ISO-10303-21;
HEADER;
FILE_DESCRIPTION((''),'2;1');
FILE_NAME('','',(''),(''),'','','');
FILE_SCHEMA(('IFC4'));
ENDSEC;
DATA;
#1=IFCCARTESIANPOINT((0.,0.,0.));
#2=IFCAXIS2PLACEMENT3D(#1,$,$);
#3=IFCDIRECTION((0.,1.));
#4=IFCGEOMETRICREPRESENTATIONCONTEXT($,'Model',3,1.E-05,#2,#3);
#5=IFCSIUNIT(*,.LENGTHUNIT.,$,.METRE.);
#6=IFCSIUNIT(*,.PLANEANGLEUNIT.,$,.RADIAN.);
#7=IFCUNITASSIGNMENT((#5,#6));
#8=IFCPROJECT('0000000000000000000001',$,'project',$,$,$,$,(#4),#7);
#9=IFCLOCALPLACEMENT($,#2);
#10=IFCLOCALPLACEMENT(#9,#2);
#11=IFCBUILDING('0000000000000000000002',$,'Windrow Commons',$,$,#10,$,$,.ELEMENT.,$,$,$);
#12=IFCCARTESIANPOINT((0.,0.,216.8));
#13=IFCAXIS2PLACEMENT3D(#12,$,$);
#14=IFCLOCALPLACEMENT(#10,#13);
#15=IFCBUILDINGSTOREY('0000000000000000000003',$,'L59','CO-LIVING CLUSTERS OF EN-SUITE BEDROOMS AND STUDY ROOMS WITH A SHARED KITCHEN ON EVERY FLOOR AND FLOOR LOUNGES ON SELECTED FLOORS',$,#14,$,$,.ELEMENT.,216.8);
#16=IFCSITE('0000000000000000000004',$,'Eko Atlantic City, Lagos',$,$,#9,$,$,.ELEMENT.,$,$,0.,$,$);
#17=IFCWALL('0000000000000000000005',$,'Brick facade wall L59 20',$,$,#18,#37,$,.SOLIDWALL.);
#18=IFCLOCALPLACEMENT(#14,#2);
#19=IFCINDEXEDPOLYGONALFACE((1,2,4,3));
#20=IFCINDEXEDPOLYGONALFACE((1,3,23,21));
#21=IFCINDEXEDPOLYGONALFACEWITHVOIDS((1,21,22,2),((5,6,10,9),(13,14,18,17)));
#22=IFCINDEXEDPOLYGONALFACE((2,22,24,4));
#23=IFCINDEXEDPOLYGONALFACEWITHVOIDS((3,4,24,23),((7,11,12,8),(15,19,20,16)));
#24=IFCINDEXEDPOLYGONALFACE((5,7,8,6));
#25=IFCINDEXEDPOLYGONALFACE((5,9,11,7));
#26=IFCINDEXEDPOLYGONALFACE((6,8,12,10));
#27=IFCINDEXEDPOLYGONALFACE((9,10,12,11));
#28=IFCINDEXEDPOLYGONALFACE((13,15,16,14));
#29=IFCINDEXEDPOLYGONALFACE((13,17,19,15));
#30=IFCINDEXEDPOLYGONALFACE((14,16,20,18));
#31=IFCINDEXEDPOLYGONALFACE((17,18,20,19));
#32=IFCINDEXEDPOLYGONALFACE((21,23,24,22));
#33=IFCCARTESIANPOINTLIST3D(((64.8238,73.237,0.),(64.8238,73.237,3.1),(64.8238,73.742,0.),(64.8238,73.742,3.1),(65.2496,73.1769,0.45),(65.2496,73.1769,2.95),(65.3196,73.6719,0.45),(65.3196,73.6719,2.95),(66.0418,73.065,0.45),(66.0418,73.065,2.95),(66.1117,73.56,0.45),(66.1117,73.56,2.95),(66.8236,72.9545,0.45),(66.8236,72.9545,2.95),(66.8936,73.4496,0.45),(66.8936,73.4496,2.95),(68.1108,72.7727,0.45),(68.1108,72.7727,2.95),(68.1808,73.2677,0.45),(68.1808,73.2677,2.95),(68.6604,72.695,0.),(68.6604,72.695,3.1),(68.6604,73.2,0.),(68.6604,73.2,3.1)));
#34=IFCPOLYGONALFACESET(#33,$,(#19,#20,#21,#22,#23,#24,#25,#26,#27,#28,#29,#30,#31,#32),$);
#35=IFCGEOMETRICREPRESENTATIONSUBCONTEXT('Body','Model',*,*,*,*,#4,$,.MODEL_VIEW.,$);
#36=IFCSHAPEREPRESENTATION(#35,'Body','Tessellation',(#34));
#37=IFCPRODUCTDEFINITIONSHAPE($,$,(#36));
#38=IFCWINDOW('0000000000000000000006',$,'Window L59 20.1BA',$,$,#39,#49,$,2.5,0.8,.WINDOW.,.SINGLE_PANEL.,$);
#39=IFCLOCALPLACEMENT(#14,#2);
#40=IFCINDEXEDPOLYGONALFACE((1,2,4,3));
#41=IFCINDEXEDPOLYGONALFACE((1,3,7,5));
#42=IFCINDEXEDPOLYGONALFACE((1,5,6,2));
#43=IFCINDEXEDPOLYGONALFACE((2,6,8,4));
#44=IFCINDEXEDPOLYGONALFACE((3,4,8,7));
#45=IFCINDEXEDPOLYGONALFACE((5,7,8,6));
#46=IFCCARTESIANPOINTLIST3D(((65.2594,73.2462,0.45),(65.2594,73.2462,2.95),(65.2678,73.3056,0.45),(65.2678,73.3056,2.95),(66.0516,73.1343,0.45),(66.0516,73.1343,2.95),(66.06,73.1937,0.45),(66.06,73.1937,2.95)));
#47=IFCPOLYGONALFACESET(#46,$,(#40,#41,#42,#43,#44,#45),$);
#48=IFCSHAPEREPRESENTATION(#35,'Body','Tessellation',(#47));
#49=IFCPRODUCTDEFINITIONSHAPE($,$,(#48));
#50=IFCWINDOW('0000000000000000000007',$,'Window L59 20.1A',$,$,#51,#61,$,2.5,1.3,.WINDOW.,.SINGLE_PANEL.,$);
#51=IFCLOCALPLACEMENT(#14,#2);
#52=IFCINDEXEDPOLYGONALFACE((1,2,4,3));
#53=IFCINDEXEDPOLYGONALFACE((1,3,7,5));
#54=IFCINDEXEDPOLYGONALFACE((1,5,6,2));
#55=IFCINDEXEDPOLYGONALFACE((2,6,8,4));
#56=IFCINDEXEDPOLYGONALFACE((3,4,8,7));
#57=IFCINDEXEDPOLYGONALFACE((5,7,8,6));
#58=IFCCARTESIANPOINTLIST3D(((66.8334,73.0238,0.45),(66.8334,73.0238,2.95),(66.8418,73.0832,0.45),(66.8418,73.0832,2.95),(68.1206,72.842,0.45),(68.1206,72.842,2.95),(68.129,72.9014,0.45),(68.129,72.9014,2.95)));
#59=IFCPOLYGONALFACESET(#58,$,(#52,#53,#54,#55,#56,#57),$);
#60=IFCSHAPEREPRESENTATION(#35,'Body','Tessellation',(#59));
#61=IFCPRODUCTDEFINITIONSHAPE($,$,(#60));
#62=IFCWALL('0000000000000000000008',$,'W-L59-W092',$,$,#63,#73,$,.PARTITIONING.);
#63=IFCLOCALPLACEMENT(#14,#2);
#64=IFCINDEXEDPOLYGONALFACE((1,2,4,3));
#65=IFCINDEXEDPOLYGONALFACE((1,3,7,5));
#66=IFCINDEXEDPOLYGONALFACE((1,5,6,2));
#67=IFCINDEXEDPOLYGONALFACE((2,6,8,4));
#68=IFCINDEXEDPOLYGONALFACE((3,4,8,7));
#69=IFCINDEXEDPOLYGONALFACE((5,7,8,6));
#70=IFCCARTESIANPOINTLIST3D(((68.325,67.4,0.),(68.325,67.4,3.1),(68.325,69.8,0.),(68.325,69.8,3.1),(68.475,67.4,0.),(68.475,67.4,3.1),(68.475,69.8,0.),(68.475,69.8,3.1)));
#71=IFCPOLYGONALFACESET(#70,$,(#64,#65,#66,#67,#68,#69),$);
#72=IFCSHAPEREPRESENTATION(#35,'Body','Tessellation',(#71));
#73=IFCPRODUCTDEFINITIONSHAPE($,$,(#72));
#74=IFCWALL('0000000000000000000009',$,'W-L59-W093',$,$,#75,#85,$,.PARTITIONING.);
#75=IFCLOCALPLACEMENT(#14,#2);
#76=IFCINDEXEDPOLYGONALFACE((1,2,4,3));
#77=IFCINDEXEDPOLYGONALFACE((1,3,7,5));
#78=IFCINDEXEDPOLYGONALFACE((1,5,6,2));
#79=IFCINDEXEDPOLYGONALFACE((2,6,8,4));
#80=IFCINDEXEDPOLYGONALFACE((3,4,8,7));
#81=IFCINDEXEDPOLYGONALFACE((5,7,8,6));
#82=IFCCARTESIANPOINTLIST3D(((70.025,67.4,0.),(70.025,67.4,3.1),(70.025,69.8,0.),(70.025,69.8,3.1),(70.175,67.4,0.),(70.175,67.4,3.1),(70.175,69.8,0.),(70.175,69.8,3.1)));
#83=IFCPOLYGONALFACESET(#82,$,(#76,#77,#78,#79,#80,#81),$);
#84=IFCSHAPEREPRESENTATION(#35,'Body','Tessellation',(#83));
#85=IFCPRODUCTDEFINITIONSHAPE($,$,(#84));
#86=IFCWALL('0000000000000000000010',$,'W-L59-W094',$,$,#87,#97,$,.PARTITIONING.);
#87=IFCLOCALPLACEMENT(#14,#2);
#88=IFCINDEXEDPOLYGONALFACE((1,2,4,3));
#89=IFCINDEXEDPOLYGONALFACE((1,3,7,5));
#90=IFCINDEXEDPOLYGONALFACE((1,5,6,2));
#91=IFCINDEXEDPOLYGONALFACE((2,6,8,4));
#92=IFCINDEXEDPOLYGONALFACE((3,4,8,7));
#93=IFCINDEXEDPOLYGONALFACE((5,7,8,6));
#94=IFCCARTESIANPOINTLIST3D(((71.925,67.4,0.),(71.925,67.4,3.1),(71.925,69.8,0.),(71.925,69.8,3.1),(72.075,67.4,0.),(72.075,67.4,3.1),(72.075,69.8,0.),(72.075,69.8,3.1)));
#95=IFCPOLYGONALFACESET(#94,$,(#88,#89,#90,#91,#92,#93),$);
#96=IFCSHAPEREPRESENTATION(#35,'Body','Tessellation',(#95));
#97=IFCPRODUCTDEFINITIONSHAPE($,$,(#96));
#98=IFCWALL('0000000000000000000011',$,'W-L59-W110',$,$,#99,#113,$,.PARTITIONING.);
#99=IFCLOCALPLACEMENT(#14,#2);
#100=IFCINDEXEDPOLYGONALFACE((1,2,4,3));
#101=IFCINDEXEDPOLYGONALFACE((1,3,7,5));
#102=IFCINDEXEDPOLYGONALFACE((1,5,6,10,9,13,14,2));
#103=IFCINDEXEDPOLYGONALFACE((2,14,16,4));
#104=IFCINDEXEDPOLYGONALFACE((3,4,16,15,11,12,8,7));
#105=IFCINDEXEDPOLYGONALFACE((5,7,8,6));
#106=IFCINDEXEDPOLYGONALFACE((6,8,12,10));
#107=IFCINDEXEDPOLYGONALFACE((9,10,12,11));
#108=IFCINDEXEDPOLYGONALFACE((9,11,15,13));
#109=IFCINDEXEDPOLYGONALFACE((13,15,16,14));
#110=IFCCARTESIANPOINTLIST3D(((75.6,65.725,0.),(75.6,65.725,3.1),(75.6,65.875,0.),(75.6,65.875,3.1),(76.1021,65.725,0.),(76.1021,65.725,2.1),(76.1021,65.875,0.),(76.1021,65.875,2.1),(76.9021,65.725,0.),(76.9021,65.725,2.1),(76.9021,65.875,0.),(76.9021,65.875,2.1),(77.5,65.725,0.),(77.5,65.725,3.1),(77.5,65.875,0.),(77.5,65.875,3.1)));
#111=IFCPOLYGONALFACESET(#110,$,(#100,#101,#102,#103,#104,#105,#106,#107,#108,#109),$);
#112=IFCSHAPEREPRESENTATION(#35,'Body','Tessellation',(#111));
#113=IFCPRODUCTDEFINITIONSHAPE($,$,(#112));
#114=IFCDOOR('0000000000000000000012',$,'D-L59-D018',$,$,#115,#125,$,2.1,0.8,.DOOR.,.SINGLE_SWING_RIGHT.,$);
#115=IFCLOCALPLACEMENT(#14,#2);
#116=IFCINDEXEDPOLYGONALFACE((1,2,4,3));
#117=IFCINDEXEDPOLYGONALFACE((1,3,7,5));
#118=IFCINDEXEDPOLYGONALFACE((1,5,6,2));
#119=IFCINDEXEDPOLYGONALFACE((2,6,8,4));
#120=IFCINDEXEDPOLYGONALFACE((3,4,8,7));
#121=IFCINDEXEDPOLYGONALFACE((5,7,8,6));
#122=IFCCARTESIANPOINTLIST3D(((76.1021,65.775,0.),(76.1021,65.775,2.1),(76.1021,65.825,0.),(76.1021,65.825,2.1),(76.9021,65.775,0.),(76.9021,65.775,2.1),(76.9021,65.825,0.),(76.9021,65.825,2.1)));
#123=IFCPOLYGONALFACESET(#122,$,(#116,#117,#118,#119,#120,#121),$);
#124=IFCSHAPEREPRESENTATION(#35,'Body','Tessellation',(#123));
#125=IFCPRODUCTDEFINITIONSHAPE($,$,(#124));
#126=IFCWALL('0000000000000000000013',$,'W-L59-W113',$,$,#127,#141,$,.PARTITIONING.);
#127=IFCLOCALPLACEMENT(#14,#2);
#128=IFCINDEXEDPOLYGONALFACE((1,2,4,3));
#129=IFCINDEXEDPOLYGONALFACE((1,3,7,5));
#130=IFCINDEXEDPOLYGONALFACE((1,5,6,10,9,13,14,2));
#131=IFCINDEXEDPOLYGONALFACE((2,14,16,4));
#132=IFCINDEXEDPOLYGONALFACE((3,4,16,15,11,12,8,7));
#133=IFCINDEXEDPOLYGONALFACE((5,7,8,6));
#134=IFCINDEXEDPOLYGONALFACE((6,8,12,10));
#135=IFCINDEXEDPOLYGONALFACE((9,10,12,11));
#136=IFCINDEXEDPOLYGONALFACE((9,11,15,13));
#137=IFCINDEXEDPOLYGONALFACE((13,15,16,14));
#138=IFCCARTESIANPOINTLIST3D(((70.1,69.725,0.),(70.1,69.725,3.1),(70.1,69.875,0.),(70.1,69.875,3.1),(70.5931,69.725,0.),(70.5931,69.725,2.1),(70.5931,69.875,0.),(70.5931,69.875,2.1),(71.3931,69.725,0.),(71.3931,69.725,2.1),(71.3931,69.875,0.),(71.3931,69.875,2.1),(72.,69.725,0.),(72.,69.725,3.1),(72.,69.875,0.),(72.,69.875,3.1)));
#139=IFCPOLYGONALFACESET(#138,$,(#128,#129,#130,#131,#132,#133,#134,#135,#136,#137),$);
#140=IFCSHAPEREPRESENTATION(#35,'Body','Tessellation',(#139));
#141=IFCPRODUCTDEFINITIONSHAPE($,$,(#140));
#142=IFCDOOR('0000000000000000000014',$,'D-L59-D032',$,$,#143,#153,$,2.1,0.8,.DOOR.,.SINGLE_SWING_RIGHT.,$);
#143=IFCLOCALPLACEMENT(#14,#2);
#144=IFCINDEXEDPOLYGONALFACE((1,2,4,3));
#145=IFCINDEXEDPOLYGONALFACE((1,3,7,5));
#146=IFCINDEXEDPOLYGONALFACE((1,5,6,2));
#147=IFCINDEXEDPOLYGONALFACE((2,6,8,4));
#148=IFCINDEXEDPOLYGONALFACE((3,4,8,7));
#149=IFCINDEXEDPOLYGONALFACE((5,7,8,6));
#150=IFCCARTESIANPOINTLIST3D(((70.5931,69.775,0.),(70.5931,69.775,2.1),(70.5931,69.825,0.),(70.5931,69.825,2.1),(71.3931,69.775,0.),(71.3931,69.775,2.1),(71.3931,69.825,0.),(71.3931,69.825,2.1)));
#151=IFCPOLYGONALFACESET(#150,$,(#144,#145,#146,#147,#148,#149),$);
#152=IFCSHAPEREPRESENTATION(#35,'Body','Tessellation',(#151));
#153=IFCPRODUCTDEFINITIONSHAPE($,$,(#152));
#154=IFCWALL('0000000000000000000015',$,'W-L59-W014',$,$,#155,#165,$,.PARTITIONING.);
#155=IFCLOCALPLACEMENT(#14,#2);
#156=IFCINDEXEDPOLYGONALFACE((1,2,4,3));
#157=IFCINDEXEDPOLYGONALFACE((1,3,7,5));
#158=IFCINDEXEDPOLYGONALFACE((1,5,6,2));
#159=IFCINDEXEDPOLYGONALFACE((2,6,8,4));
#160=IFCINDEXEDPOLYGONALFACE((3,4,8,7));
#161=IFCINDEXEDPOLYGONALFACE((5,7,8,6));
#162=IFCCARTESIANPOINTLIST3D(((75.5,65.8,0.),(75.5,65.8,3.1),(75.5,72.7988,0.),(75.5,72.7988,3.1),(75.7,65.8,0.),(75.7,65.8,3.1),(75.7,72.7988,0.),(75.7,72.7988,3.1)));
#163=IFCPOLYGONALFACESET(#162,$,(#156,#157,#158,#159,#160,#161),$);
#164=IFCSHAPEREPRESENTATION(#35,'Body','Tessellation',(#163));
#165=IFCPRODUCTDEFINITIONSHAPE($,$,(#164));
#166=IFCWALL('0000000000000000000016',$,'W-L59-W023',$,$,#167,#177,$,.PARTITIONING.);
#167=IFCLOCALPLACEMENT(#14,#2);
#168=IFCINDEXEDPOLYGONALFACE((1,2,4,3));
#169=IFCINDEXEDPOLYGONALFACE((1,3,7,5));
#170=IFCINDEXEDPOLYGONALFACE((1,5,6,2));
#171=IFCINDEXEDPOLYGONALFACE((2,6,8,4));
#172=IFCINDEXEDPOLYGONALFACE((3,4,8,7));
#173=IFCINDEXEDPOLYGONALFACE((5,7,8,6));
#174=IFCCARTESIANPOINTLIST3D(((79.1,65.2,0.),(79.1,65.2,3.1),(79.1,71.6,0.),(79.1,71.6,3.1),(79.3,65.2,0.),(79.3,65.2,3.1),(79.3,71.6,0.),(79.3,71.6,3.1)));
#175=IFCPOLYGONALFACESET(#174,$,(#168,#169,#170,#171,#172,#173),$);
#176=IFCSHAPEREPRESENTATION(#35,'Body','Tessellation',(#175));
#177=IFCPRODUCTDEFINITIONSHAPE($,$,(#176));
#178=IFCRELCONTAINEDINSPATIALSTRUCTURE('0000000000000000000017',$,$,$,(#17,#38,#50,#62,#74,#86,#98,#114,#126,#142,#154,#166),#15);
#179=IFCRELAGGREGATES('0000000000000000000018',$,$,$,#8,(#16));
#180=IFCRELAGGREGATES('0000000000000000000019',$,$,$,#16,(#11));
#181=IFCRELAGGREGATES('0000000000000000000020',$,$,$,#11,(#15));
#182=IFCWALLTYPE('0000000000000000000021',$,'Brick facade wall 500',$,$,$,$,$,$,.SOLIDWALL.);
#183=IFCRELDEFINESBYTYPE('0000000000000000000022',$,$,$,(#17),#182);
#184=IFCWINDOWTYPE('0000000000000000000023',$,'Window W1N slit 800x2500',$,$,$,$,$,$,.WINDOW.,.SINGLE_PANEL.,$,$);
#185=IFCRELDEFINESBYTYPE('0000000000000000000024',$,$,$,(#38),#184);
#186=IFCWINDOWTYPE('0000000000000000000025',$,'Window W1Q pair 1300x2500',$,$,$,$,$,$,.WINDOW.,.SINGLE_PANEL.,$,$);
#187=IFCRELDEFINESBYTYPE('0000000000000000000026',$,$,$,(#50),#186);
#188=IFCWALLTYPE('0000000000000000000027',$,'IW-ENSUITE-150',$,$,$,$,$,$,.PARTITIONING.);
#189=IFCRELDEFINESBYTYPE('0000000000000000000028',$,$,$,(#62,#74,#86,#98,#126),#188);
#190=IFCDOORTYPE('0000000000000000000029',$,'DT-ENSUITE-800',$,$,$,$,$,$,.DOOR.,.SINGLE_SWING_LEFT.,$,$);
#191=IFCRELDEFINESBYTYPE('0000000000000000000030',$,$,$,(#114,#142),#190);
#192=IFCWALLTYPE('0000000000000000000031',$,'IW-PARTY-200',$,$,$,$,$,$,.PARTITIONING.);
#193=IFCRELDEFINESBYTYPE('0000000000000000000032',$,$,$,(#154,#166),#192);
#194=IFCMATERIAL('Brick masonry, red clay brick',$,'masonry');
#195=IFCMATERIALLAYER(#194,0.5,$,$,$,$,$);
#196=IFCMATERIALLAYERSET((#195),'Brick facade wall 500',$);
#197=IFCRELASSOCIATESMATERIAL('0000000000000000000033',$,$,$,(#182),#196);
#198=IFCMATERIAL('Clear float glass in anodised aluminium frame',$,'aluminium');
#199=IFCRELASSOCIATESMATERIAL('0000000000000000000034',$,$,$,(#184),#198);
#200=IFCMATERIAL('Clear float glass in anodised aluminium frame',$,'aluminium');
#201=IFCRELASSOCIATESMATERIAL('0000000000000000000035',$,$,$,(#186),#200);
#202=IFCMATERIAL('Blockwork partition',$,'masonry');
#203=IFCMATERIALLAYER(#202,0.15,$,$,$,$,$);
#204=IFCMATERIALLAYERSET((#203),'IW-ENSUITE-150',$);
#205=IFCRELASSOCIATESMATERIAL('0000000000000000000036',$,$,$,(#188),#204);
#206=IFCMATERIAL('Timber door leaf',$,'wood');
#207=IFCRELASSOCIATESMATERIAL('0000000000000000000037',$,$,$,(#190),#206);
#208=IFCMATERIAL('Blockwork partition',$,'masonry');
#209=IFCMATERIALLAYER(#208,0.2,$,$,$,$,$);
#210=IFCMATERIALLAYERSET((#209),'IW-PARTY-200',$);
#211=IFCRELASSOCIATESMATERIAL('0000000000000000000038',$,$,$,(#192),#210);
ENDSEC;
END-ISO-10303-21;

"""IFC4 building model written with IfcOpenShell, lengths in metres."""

from ifc_helpers import new_model, si_unit, direction, frame, frame_2d, origin, place, context, subcontext, project, spatial, polyline, rectangle, outline, extrude, material, layer, layer_set, type_object, element, fill, save


model = new_model("IFC4")

# Units and contexts
model_context = context("Model", 3, precision=1e-05, world=origin(), true_north=direction((0.0, 1.0)))
body_context = subcontext(model_context, "Body", "Model", "MODEL_VIEW")
ifc_project = project(units=[si_unit("LENGTHUNIT", "METRE"), si_unit("PLANEANGLEUNIT", "RADIAN")], contexts=[model_context])

# Site, building, storey
site_placement = place(None, origin())
site = spatial("IfcSite", under=ifc_project, at=site_placement, Name="Eko Atlantic City, Lagos", CompositionType="ELEMENT", RefElevation=0.0)
building_placement = place(site_placement, origin())
building = spatial("IfcBuilding", under=site, at=building_placement, Name="Windrow Commons", CompositionType="ELEMENT")
storey_placement = place(building_placement, frame((0.0, 0.0, 216.8)))
storey = spatial("IfcBuildingStorey", under=building, at=storey_placement, Name="L59", Description="CO-LIVING CLUSTERS OF EN-SUITE BEDROOMS AND STUDY ROOMS WITH A SHARED KITCHEN ON EVERY FLOOR AND FLOOR LOUNGES ON SELECTED FLOORS", CompositionType="ELEMENT", Elevation=216.8)

# Wall, openings, windows
ifc_material_1 = material(Name="Brick masonry, red clay brick", Category="masonry")
ifc_layer_1 = layer(ifc_material_1, 0.5)
ifc_layer_set_1 = layer_set([ifc_layer_1], Name="Brick facade wall 500")
wall_type_1 = type_object("IfcWallType", Name="Brick facade wall 500", PredefinedType="SOLIDWALL", material=ifc_layer_set_1)
ifc_material_2 = material(Name="Clear float glass in anodised aluminium frame", Category="aluminium")
window_type_1 = type_object("IfcWindowType", Name="Window W1N slit 800x2500", PartitioningType="SINGLE_PANEL", PredefinedType="WINDOW", material=ifc_material_2)
ifc_material_3 = material(Name="Clear float glass in anodised aluminium frame", Category="aluminium")
window_type_2 = type_object("IfcWindowType", Name="Window W1Q pair 1300x2500", PartitioningType="SINGLE_PANEL", PredefinedType="WINDOW", material=ifc_material_3)
wall_1_placement = place(storey_placement, frame((68.6604, 72.9475, 0.0), z_axis=(0.0, 0.0, 1.0), x_axis=(-0.990168, 0.139882, 0.0)))
wall_1 = element("IfcWall", 1, at=wall_1_placement, inside=storey, type_object=wall_type_1, Name="Brick facade wall L59 20", PredefinedType="SOLIDWALL", context=body_context, shape_type="SweptSolid", body=[
    extrude(outline(polyline([(0.0353, -0.25), (3.91, -0.25), (3.8394, 0.25), (-0.0353, 0.25), (0.0353, -0.25)])), origin(), (0.0, 0.0, 1.0), 3.1),
])
opening_1_placement = place(wall_1_placement, frame((0.5197, 0.0, 0.45)))
opening_1 = element("IfcOpeningElement", 2, at=opening_1_placement, cuts=wall_1, PredefinedType="OPENING", context=body_context, shape_type="SweptSolid", body=[
    extrude(rectangle(XDim=1.3, YDim=2.5, at=frame_2d((0.65, 1.25))), frame((0.0, 0.26, 0.0), z_axis=(0.0, -1.0, 0.0), x_axis=(1.0, 0.0, 0.0)), (0.0, 0.0, 1.0), 0.52),
])
opening_2_placement = place(wall_1_placement, frame((2.6093, 0.0, 0.45)))
opening_2 = element("IfcOpeningElement", 3, at=opening_2_placement, cuts=wall_1, PredefinedType="OPENING", context=body_context, shape_type="SweptSolid", body=[
    extrude(rectangle(XDim=0.8, YDim=2.5, at=frame_2d((0.4, 1.25))), frame((0.0, 0.26, 0.0), z_axis=(0.0, -1.0, 0.0), x_axis=(1.0, 0.0, 0.0)), (0.0, 0.0, 1.0), 0.52),
])
window_1_placement = place(opening_2_placement, origin())
window_1 = element("IfcWindow", 4, at=window_1_placement, inside=storey, type_object=window_type_1, Name="Window L59 20.1BA", OverallHeight=2.5, OverallWidth=0.8, PartitioningType="SINGLE_PANEL", PredefinedType="WINDOW", context=body_context, shape_type="SweptSolid", body=[
    extrude(rectangle(XDim=0.8, YDim=2.5, at=frame_2d((0.4, 1.25))), frame((0.0, 0.18, 0.0), z_axis=(0.0, -1.0, 0.0), x_axis=(1.0, 0.0, 0.0)), (0.0, 0.0, 1.0), 0.06),
])
fill(opening_2, window_1)
window_2_placement = place(opening_1_placement, origin())
window_2 = element("IfcWindow", 5, at=window_2_placement, inside=storey, type_object=window_type_2, Name="Window L59 20.1A", OverallHeight=2.5, OverallWidth=1.3, PartitioningType="SINGLE_PANEL", PredefinedType="WINDOW", context=body_context, shape_type="SweptSolid", body=[
    extrude(rectangle(XDim=1.3, YDim=2.5, at=frame_2d((0.65, 1.25))), frame((0.0, 0.18, 0.0), z_axis=(0.0, -1.0, 0.0), x_axis=(1.0, 0.0, 0.0)), (0.0, 0.0, 1.0), 0.06),
])
fill(opening_1, window_2)

# Walls
ifc_material_4 = material(Name="Blockwork partition", Category="masonry")
ifc_layer_2 = layer(ifc_material_4, 0.15)
ifc_layer_set_2 = layer_set([ifc_layer_2], Name="IW-ENSUITE-150")
wall_type_2 = type_object("IfcWallType", Name="IW-ENSUITE-150", PredefinedType="PARTITIONING", material=ifc_layer_set_2)
for number, where, z_axis, x_axis, name in (
    (6, (68.4, 67.4, 0.0), (0.0, 0.0, 1.0), (0.0, 1.0, 0.0), "W-L59-W092"),
    (7, (70.1, 67.4, 0.0), (0.0, 0.0, 1.0), (0.0, 1.0, 0.0), "W-L59-W093"),
    (8, (72.0, 67.4, 0.0), (0.0, 0.0, 1.0), (0.0, 1.0, 0.0), "W-L59-W094"),
):
    element("IfcWall", number, at=place(storey_placement, frame(where, z_axis=z_axis, x_axis=x_axis)), inside=storey, type_object=wall_type_2, Name=name, PredefinedType="PARTITIONING", context=body_context, shape_type="SweptSolid", body=[
        extrude(rectangle(XDim=2.4, YDim=0.15, at=frame_2d((1.2, 0.0))), origin(), (0.0, 0.0, 1.0), 3.1),
    ])

# Walls, openings, doors
wall_2_placement = place(storey_placement, frame((75.6, 65.8, 0.0), z_axis=(0.0, 0.0, 1.0), x_axis=(1.0, 0.0, 0.0)))
wall_2 = element("IfcWall", 9, at=wall_2_placement, inside=storey, type_object=wall_type_2, Name="W-L59-W110", PredefinedType="PARTITIONING", context=body_context, shape_type="SweptSolid", body=[
    extrude(rectangle(XDim=1.9, YDim=0.15, at=frame_2d((0.95, 0.0))), origin(), (0.0, 0.0, 1.0), 3.1),
])
opening_3_placement = place(wall_2_placement, frame((0.5021, 0.0, 0.0)))
opening_3 = element("IfcOpeningElement", 10, at=opening_3_placement, cuts=wall_2, PredefinedType="OPENING", context=body_context, shape_type="SweptSolid", body=[
    extrude(rectangle(XDim=0.8, YDim=2.1, at=frame_2d((0.4, 1.05))), frame((0.0, 0.085, 0.0), z_axis=(0.0, -1.0, 0.0), x_axis=(1.0, 0.0, 0.0)), (0.0, 0.0, 1.0), 0.17),
])
ifc_material_5 = material(Name="Timber door leaf", Category="wood")
door_type = type_object("IfcDoorType", Name="DT-ENSUITE-800", OperationType="SINGLE_SWING_LEFT", PredefinedType="DOOR", material=ifc_material_5)
door_1_placement = place(opening_3_placement, origin())
door_1 = element("IfcDoor", 11, at=door_1_placement, inside=storey, type_object=door_type, Name="D-L59-D018", OperationType="SINGLE_SWING_RIGHT", OverallHeight=2.1, OverallWidth=0.8, PredefinedType="DOOR", context=body_context, shape_type="SweptSolid", body=[
    extrude(rectangle(XDim=0.8, YDim=2.1, at=frame_2d((0.4, 1.05))), frame((0.0, 0.025, 0.0), z_axis=(0.0, -1.0, 0.0), x_axis=(1.0, 0.0, 0.0)), (0.0, 0.0, 1.0), 0.05),
])
fill(opening_3, door_1)
wall_3_placement = place(storey_placement, frame((70.1, 69.8, 0.0), z_axis=(0.0, 0.0, 1.0), x_axis=(1.0, 0.0, 0.0)))
wall_3 = element("IfcWall", 12, at=wall_3_placement, inside=storey, type_object=wall_type_2, Name="W-L59-W113", PredefinedType="PARTITIONING", context=body_context, shape_type="SweptSolid", body=[
    extrude(rectangle(XDim=1.9, YDim=0.15, at=frame_2d((0.95, 0.0))), origin(), (0.0, 0.0, 1.0), 3.1),
])
opening_4_placement = place(wall_3_placement, frame((0.4931, 0.0, 0.0)))
opening_4 = element("IfcOpeningElement", 13, at=opening_4_placement, cuts=wall_3, PredefinedType="OPENING", context=body_context, shape_type="SweptSolid", body=[
    extrude(rectangle(XDim=0.8, YDim=2.1, at=frame_2d((0.4, 1.05))), frame((0.0, 0.085, 0.0), z_axis=(0.0, -1.0, 0.0), x_axis=(1.0, 0.0, 0.0)), (0.0, 0.0, 1.0), 0.17),
])
door_2_placement = place(opening_4_placement, origin())
door_2 = element("IfcDoor", 14, at=door_2_placement, inside=storey, type_object=door_type, Name="D-L59-D032", OperationType="SINGLE_SWING_RIGHT", OverallHeight=2.1, OverallWidth=0.8, PredefinedType="DOOR", context=body_context, shape_type="SweptSolid", body=[
    extrude(rectangle(XDim=0.8, YDim=2.1, at=frame_2d((0.4, 1.05))), frame((0.0, 0.025, 0.0), z_axis=(0.0, -1.0, 0.0), x_axis=(1.0, 0.0, 0.0)), (0.0, 0.0, 1.0), 0.05),
])
fill(opening_4, door_2)

# Walls
ifc_material_6 = material(Name="Blockwork partition", Category="masonry")
ifc_layer_3 = layer(ifc_material_6, 0.2)
ifc_layer_set_3 = layer_set([ifc_layer_3], Name="IW-PARTY-200")
wall_type_3 = type_object("IfcWallType", Name="IW-PARTY-200", PredefinedType="PARTITIONING", material=ifc_layer_set_3)
wall_4_placement = place(storey_placement, frame((75.6, 65.8, 0.0), z_axis=(0.0, 0.0, 1.0), x_axis=(0.0, 1.0, 0.0)))
element("IfcWall", 15, at=wall_4_placement, inside=storey, type_object=wall_type_3, Name="W-L59-W014", PredefinedType="PARTITIONING", context=body_context, shape_type="SweptSolid", body=[
    extrude(rectangle(XDim=6.9987, YDim=0.2, at=frame_2d((3.4994, 0.0))), origin(), (0.0, 0.0, 1.0), 3.1),
])
wall_5_placement = place(storey_placement, frame((79.2, 65.2, 0.0), z_axis=(0.0, 0.0, 1.0), x_axis=(0.0, 1.0, 0.0)))
element("IfcWall", 16, at=wall_5_placement, inside=storey, type_object=wall_type_3, Name="W-L59-W023", PredefinedType="PARTITIONING", context=body_context, shape_type="SweptSolid", body=[
    extrude(rectangle(XDim=6.4, YDim=0.2, at=frame_2d((3.2, 0.0))), origin(), (0.0, 0.0, 1.0), 3.1),
])

save(model, "model.ifc")
